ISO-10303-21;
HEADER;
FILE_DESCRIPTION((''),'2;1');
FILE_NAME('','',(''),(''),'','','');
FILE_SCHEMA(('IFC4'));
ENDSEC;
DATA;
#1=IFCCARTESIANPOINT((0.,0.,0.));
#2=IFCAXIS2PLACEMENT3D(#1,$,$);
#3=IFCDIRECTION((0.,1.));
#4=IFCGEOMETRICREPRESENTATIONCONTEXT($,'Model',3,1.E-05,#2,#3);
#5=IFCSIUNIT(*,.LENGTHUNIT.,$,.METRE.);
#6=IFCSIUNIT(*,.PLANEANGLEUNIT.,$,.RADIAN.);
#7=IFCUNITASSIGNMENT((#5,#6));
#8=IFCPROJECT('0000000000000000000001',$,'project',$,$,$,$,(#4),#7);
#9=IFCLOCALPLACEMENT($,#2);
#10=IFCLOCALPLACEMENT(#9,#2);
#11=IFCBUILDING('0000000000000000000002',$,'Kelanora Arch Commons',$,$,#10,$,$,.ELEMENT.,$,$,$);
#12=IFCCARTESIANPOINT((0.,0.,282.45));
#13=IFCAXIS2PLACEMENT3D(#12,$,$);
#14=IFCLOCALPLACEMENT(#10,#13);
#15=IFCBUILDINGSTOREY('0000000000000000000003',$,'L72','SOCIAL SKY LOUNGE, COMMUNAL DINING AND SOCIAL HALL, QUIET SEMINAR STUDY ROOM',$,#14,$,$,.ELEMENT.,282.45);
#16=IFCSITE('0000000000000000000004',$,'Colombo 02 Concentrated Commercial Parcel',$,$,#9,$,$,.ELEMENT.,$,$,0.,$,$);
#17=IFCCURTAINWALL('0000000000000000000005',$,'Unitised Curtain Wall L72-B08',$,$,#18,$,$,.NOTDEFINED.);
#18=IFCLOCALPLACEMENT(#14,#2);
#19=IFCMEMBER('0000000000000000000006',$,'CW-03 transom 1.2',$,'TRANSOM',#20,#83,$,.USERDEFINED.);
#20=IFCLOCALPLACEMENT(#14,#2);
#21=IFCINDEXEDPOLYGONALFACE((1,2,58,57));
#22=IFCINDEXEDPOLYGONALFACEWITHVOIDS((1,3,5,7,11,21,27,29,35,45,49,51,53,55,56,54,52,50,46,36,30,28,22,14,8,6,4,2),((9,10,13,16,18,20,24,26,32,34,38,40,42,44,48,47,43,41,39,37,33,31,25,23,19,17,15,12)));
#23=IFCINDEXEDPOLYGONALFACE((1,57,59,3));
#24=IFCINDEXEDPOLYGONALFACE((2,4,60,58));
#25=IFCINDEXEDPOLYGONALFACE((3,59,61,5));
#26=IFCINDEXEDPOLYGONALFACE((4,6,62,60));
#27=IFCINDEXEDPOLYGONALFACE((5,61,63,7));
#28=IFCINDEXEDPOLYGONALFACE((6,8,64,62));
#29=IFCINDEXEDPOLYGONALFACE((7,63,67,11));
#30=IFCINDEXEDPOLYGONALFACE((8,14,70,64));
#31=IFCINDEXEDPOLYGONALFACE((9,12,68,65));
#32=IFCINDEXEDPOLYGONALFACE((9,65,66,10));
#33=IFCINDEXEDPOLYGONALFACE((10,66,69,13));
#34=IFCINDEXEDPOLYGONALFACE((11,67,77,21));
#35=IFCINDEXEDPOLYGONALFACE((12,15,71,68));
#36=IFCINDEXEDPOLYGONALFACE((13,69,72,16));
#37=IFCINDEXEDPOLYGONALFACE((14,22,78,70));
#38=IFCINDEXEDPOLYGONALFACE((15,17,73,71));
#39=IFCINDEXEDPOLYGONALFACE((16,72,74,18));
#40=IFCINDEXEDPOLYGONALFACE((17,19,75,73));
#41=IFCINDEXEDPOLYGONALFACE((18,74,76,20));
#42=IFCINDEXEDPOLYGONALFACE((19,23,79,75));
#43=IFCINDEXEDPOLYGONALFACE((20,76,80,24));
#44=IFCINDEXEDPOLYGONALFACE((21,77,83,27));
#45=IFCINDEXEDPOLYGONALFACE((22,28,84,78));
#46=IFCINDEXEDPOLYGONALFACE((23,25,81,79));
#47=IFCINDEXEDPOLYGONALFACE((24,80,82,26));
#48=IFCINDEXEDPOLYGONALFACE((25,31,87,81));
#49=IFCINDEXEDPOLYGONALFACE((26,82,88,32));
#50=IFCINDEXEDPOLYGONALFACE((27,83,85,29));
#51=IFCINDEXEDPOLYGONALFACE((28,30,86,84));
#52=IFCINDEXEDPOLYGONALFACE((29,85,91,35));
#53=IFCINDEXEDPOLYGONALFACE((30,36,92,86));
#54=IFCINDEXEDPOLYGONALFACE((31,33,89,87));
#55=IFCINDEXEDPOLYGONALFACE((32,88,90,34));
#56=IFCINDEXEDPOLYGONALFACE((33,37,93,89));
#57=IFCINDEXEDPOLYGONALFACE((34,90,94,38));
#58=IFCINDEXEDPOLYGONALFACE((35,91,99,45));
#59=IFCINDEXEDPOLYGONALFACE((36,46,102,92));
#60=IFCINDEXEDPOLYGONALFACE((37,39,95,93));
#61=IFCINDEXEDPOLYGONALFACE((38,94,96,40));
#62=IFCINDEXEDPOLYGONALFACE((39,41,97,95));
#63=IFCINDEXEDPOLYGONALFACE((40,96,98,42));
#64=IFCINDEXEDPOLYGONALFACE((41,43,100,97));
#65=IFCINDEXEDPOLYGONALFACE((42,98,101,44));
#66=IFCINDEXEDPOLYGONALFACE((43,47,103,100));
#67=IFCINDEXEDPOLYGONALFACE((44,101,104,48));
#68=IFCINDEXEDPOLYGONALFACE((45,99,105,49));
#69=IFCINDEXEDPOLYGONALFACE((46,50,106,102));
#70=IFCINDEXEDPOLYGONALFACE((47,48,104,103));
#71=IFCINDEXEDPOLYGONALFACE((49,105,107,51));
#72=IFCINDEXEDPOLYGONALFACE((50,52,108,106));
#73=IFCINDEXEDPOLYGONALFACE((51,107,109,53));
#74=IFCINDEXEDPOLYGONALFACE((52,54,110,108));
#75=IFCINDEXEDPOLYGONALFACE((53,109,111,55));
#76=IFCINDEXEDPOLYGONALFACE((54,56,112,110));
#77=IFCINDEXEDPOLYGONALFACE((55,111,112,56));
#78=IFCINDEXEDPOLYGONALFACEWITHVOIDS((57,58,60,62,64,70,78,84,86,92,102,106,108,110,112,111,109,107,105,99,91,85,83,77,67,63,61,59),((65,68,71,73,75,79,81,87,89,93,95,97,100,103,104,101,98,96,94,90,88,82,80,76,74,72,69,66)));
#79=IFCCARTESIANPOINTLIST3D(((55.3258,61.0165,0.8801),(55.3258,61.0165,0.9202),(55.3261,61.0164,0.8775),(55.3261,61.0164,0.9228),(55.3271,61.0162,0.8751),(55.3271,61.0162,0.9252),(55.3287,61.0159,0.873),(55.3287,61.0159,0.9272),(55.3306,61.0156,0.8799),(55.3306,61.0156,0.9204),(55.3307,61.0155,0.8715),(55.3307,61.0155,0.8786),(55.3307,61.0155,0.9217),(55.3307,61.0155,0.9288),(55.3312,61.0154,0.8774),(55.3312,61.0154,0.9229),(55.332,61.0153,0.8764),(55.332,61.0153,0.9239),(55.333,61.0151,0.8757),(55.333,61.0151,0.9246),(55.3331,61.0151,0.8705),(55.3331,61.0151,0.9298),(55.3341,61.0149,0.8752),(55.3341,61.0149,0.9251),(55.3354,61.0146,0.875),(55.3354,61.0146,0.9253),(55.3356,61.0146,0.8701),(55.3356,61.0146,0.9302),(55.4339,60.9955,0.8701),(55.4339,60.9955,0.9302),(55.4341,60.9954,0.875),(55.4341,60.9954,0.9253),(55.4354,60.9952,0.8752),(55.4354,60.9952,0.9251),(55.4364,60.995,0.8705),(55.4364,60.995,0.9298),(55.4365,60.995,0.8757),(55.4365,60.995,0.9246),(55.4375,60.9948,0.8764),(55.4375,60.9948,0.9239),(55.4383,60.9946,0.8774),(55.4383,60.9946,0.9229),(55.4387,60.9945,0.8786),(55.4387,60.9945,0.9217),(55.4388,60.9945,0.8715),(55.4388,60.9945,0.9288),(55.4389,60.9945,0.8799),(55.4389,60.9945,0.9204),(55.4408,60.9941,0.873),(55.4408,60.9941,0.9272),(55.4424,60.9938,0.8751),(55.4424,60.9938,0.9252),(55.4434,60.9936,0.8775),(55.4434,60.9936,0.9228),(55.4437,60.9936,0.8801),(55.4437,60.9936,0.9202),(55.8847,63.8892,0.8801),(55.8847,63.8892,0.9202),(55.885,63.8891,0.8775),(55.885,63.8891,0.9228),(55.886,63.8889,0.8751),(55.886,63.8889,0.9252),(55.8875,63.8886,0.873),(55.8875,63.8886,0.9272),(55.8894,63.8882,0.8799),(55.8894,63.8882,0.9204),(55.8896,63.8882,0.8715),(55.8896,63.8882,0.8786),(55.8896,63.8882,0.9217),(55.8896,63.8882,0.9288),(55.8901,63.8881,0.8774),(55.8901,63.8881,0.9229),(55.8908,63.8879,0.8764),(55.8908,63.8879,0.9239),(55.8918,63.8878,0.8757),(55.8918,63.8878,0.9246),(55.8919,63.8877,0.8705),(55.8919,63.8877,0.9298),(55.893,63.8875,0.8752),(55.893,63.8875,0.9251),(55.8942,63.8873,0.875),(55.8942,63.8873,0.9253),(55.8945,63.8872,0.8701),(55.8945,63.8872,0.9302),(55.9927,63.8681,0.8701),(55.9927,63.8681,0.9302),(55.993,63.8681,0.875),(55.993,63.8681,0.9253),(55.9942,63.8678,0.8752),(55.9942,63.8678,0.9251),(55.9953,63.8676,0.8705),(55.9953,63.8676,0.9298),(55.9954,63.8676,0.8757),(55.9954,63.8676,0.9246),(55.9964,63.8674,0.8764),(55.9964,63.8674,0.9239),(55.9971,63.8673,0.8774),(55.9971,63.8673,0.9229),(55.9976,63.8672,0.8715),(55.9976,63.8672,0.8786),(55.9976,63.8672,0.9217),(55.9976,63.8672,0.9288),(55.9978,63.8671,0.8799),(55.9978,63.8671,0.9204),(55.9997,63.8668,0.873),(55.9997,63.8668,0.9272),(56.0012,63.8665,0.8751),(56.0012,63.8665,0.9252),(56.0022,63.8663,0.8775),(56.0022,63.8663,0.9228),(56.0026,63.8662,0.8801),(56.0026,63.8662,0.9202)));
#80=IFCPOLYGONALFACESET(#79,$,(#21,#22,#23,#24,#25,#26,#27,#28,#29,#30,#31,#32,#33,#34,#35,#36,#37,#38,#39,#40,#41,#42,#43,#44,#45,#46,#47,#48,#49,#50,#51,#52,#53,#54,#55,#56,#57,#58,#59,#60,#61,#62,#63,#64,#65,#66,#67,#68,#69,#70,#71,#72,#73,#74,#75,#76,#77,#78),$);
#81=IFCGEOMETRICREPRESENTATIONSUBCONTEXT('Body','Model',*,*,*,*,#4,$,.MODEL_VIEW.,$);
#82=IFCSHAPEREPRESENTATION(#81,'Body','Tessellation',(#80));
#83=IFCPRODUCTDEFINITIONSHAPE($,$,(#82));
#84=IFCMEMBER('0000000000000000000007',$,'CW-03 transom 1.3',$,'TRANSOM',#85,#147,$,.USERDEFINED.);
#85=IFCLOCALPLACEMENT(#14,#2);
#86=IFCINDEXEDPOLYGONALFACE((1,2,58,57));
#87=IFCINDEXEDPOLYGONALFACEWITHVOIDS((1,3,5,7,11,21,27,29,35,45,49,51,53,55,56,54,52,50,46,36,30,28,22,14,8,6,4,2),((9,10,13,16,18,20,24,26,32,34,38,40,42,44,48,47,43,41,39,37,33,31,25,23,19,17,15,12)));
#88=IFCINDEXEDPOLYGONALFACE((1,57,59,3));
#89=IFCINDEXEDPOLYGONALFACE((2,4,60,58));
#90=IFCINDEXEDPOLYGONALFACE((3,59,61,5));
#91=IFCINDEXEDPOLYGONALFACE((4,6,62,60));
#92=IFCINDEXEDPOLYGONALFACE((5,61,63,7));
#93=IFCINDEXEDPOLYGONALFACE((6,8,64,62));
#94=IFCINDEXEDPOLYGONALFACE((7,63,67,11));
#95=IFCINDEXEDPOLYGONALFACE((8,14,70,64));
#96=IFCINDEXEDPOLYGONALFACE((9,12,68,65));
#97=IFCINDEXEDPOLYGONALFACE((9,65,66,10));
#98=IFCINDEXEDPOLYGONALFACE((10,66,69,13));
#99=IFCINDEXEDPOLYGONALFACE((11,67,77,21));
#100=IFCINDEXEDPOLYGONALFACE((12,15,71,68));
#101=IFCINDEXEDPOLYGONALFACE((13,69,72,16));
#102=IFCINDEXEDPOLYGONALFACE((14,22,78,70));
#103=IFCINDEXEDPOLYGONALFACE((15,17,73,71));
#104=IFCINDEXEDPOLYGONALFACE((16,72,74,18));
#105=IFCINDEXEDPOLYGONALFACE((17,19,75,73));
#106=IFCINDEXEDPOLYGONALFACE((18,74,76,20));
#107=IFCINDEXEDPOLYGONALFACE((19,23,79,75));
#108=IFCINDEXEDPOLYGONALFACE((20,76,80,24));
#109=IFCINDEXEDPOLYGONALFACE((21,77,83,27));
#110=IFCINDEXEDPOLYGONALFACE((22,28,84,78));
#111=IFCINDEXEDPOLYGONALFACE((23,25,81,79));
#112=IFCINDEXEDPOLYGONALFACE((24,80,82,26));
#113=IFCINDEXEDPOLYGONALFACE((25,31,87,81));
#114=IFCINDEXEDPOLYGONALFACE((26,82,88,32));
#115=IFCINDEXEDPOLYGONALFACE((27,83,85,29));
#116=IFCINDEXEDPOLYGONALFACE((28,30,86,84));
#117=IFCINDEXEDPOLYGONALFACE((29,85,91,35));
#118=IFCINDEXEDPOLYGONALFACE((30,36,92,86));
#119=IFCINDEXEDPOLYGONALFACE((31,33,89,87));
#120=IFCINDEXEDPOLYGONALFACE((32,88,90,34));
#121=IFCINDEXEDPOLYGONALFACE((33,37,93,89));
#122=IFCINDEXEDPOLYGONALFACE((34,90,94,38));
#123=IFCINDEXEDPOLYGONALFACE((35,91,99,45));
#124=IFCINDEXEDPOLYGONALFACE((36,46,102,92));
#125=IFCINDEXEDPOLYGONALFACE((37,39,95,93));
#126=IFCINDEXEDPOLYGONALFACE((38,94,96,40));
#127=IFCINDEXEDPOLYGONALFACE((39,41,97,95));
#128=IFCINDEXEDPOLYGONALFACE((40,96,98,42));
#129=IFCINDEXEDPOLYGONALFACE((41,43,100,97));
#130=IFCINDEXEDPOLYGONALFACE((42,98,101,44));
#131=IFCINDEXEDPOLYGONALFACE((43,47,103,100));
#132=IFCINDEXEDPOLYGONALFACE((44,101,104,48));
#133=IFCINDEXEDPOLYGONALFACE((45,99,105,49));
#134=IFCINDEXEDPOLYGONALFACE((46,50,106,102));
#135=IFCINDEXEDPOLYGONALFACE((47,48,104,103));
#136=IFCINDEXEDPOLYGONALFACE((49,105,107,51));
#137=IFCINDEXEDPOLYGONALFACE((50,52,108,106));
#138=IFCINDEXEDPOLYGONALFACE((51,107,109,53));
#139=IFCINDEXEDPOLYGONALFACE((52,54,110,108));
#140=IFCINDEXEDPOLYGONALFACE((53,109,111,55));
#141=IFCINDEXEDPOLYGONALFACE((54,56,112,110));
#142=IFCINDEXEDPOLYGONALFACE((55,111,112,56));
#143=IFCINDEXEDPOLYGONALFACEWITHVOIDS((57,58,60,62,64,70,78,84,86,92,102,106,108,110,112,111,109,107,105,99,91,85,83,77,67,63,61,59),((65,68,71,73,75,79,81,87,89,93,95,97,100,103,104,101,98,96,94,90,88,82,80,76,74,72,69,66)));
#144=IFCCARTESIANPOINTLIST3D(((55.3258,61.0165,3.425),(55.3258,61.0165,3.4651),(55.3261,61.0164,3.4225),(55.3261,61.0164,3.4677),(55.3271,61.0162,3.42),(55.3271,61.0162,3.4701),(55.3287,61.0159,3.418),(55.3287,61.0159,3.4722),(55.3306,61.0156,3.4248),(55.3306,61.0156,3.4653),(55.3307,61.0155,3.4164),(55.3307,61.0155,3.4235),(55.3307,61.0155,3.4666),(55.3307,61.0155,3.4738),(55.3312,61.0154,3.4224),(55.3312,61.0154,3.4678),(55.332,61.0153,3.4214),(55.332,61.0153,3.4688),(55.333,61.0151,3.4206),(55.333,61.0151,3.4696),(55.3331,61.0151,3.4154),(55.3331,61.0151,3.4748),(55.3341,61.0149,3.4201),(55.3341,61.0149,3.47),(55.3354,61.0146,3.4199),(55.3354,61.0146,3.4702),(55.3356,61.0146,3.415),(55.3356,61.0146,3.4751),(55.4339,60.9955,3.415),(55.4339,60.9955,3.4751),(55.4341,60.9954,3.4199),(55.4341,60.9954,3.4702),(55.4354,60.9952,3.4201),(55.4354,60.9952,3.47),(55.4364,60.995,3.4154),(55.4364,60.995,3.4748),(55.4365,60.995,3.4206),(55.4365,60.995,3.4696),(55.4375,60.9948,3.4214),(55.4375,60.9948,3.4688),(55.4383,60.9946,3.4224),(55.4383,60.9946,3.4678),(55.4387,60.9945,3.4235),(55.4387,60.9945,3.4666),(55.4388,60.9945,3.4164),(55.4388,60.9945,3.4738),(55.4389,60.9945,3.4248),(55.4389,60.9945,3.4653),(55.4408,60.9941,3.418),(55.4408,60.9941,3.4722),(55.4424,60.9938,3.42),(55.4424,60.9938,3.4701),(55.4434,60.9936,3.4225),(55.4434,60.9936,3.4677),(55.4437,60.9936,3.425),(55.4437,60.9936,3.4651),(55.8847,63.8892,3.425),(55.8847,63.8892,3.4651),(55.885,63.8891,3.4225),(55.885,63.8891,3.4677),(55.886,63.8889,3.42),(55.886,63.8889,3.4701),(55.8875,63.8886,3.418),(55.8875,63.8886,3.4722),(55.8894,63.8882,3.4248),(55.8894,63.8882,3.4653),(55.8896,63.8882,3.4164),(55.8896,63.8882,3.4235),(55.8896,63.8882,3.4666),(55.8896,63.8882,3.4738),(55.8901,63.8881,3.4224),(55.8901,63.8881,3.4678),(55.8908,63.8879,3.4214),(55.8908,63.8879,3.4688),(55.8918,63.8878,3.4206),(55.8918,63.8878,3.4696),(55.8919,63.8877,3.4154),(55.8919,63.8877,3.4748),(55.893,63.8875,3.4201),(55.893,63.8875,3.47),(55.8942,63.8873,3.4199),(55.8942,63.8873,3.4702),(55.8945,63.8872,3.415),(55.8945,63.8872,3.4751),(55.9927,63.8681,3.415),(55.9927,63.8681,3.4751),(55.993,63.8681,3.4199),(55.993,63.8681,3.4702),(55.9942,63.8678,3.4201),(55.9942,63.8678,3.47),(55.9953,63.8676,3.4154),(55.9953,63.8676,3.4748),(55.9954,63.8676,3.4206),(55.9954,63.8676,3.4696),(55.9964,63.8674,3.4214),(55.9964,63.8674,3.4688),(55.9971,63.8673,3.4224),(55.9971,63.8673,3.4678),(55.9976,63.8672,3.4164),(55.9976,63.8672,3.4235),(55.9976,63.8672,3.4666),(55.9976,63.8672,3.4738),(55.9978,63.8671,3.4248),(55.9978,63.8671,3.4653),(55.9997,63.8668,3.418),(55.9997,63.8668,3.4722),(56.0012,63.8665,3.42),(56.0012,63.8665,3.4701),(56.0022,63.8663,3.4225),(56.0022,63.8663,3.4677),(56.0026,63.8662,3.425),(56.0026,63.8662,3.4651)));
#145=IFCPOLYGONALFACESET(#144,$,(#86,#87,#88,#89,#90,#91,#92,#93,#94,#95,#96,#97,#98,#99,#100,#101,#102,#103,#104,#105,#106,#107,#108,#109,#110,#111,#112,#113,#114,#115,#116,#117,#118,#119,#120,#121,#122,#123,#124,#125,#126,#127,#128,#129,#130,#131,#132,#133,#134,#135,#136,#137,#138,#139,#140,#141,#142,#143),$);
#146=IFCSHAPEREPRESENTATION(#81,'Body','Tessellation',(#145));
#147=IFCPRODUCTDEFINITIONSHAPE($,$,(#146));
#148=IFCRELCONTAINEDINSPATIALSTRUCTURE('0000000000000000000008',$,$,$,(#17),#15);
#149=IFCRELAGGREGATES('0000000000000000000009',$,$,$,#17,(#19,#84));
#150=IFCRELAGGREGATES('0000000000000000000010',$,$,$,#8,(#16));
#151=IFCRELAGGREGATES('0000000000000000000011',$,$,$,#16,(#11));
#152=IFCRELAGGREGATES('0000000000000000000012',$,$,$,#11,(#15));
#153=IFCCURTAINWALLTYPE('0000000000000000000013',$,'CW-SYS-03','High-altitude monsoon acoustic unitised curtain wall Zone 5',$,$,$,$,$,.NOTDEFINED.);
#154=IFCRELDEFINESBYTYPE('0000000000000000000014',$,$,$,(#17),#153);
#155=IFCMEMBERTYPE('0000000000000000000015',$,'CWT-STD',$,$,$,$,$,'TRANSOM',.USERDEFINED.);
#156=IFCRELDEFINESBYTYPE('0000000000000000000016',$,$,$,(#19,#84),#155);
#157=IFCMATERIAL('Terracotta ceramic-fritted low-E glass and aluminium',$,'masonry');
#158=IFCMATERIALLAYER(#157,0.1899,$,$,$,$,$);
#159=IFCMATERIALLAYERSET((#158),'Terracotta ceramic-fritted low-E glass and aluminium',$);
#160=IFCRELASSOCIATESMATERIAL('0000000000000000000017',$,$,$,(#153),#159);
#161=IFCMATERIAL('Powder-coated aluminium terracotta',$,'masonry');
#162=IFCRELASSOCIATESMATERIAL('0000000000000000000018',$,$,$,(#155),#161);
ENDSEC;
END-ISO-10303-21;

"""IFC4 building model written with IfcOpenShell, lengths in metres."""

from ifc_helpers import new_model, si_unit, direction, frame, origin, origin_2d, place, context, subcontext, project, spatial, hollow_rectangle, extrude, material, layer, layer_set, material_profile, profile_set, type_object, element, aggregate, save


model = new_model("IFC4")

# Units and contexts
model_context = context("Model", 3, precision=1e-05, world=origin(), true_north=direction((0.0, 1.0)))
body_context = subcontext(model_context, "Body", "Model", "MODEL_VIEW")
ifc_project = project(units=[si_unit("LENGTHUNIT", "METRE"), si_unit("PLANEANGLEUNIT", "RADIAN")], contexts=[model_context])

# Site, building, storey
site_placement = place(None, origin())
site = spatial("IfcSite", under=ifc_project, at=site_placement, Name="Colombo 02 Concentrated Commercial Parcel", CompositionType="ELEMENT", RefElevation=0.0)
building_placement = place(site_placement, origin())
building = spatial("IfcBuilding", under=site, at=building_placement, Name="Kelanora Arch Commons", CompositionType="ELEMENT")
storey_placement = place(building_placement, frame((0.0, 0.0, 282.45)))
storey = spatial("IfcBuildingStorey", under=building, at=storey_placement, Name="L72", Description="SOCIAL SKY LOUNGE, COMMUNAL DINING AND SOCIAL HALL, QUIET SEMINAR STUDY ROOM", CompositionType="ELEMENT", Elevation=282.45)

# Curtain wall, members
ifc_material_1 = material(Name="Terracotta ceramic-fritted low-E glass and aluminium", Category="masonry")
ifc_layer_1 = layer(ifc_material_1, 0.1899)
ifc_layer_set_1 = layer_set([ifc_layer_1], Name="Terracotta ceramic-fritted low-E glass and aluminium")
curtain_wall_type = type_object("IfcCurtainWallType", Name="CW-SYS-03", Description="High-altitude monsoon acoustic unitised curtain wall Zone 5", PredefinedType="NOTDEFINED", material=ifc_layer_set_1)
curtain_wall_placement = place(storey_placement, origin())
curtain_wall = element("IfcCurtainWall", 1, at=curtain_wall_placement, inside=storey, type_object=curtain_wall_type, Name="Unitised Curtain Wall L72-B08", PredefinedType="NOTDEFINED")
ifc_material_2 = material(Name="Powder-coated aluminium terracotta", Category="masonry")
ifc_material_profile_1 = material_profile(ifc_material_2, hollow_rectangle(XDim=0.1201, YDim=0.0601, WallThickness=0.0049, InnerFilletRadius=0.0049, OuterFilletRadius=0.01, at=origin_2d()), Name="CWT120x60")
ifc_profile_set_1 = profile_set([ifc_material_profile_1], Name="Powder-coated aluminium terracotta")
member_type_1 = type_object("IfcMemberType", Name="CWT-STD", ElementType="TRANSOM", PredefinedType="USERDEFINED", material=ifc_profile_set_1)
member_1_placement = place(storey_placement, frame((55.9436, 63.8777, 0.9001), z_axis=(-0.190963, -0.981597, 0.0), x_axis=(0.981597, -0.190963, 0.0)))
member_1 = element("IfcMember", 2, at=member_1_placement, type_object=member_type_1, Name="CW-03 transom 1.2", ObjectType="TRANSOM", PredefinedType="USERDEFINED", context=body_context, shape_type="SweptSolid", body=[
    extrude(hollow_rectangle(XDim=0.1201, YDim=0.0601, WallThickness=0.0049, InnerFilletRadius=0.0049, OuterFilletRadius=0.01, at=origin_2d()), origin(), (0.0, 0.0, 1.0), 2.9265),
])
member_2_placement = place(storey_placement, frame((55.9436, 63.8777, 3.4451), z_axis=(-0.190963, -0.981597, 0.0), x_axis=(0.981597, -0.190963, 0.0)))
member_2 = element("IfcMember", 3, at=member_2_placement, type_object=member_type_1, Name="CW-03 transom 1.3", ObjectType="TRANSOM", PredefinedType="USERDEFINED", context=body_context, shape_type="SweptSolid", body=[
    extrude(hollow_rectangle(XDim=0.1201, YDim=0.0601, WallThickness=0.0049, InnerFilletRadius=0.0049, OuterFilletRadius=0.01, at=origin_2d()), origin(), (0.0, 0.0, 1.0), 2.9265),
])
aggregate(curtain_wall, [member_1, member_2])

save(model, "model.ifc")
